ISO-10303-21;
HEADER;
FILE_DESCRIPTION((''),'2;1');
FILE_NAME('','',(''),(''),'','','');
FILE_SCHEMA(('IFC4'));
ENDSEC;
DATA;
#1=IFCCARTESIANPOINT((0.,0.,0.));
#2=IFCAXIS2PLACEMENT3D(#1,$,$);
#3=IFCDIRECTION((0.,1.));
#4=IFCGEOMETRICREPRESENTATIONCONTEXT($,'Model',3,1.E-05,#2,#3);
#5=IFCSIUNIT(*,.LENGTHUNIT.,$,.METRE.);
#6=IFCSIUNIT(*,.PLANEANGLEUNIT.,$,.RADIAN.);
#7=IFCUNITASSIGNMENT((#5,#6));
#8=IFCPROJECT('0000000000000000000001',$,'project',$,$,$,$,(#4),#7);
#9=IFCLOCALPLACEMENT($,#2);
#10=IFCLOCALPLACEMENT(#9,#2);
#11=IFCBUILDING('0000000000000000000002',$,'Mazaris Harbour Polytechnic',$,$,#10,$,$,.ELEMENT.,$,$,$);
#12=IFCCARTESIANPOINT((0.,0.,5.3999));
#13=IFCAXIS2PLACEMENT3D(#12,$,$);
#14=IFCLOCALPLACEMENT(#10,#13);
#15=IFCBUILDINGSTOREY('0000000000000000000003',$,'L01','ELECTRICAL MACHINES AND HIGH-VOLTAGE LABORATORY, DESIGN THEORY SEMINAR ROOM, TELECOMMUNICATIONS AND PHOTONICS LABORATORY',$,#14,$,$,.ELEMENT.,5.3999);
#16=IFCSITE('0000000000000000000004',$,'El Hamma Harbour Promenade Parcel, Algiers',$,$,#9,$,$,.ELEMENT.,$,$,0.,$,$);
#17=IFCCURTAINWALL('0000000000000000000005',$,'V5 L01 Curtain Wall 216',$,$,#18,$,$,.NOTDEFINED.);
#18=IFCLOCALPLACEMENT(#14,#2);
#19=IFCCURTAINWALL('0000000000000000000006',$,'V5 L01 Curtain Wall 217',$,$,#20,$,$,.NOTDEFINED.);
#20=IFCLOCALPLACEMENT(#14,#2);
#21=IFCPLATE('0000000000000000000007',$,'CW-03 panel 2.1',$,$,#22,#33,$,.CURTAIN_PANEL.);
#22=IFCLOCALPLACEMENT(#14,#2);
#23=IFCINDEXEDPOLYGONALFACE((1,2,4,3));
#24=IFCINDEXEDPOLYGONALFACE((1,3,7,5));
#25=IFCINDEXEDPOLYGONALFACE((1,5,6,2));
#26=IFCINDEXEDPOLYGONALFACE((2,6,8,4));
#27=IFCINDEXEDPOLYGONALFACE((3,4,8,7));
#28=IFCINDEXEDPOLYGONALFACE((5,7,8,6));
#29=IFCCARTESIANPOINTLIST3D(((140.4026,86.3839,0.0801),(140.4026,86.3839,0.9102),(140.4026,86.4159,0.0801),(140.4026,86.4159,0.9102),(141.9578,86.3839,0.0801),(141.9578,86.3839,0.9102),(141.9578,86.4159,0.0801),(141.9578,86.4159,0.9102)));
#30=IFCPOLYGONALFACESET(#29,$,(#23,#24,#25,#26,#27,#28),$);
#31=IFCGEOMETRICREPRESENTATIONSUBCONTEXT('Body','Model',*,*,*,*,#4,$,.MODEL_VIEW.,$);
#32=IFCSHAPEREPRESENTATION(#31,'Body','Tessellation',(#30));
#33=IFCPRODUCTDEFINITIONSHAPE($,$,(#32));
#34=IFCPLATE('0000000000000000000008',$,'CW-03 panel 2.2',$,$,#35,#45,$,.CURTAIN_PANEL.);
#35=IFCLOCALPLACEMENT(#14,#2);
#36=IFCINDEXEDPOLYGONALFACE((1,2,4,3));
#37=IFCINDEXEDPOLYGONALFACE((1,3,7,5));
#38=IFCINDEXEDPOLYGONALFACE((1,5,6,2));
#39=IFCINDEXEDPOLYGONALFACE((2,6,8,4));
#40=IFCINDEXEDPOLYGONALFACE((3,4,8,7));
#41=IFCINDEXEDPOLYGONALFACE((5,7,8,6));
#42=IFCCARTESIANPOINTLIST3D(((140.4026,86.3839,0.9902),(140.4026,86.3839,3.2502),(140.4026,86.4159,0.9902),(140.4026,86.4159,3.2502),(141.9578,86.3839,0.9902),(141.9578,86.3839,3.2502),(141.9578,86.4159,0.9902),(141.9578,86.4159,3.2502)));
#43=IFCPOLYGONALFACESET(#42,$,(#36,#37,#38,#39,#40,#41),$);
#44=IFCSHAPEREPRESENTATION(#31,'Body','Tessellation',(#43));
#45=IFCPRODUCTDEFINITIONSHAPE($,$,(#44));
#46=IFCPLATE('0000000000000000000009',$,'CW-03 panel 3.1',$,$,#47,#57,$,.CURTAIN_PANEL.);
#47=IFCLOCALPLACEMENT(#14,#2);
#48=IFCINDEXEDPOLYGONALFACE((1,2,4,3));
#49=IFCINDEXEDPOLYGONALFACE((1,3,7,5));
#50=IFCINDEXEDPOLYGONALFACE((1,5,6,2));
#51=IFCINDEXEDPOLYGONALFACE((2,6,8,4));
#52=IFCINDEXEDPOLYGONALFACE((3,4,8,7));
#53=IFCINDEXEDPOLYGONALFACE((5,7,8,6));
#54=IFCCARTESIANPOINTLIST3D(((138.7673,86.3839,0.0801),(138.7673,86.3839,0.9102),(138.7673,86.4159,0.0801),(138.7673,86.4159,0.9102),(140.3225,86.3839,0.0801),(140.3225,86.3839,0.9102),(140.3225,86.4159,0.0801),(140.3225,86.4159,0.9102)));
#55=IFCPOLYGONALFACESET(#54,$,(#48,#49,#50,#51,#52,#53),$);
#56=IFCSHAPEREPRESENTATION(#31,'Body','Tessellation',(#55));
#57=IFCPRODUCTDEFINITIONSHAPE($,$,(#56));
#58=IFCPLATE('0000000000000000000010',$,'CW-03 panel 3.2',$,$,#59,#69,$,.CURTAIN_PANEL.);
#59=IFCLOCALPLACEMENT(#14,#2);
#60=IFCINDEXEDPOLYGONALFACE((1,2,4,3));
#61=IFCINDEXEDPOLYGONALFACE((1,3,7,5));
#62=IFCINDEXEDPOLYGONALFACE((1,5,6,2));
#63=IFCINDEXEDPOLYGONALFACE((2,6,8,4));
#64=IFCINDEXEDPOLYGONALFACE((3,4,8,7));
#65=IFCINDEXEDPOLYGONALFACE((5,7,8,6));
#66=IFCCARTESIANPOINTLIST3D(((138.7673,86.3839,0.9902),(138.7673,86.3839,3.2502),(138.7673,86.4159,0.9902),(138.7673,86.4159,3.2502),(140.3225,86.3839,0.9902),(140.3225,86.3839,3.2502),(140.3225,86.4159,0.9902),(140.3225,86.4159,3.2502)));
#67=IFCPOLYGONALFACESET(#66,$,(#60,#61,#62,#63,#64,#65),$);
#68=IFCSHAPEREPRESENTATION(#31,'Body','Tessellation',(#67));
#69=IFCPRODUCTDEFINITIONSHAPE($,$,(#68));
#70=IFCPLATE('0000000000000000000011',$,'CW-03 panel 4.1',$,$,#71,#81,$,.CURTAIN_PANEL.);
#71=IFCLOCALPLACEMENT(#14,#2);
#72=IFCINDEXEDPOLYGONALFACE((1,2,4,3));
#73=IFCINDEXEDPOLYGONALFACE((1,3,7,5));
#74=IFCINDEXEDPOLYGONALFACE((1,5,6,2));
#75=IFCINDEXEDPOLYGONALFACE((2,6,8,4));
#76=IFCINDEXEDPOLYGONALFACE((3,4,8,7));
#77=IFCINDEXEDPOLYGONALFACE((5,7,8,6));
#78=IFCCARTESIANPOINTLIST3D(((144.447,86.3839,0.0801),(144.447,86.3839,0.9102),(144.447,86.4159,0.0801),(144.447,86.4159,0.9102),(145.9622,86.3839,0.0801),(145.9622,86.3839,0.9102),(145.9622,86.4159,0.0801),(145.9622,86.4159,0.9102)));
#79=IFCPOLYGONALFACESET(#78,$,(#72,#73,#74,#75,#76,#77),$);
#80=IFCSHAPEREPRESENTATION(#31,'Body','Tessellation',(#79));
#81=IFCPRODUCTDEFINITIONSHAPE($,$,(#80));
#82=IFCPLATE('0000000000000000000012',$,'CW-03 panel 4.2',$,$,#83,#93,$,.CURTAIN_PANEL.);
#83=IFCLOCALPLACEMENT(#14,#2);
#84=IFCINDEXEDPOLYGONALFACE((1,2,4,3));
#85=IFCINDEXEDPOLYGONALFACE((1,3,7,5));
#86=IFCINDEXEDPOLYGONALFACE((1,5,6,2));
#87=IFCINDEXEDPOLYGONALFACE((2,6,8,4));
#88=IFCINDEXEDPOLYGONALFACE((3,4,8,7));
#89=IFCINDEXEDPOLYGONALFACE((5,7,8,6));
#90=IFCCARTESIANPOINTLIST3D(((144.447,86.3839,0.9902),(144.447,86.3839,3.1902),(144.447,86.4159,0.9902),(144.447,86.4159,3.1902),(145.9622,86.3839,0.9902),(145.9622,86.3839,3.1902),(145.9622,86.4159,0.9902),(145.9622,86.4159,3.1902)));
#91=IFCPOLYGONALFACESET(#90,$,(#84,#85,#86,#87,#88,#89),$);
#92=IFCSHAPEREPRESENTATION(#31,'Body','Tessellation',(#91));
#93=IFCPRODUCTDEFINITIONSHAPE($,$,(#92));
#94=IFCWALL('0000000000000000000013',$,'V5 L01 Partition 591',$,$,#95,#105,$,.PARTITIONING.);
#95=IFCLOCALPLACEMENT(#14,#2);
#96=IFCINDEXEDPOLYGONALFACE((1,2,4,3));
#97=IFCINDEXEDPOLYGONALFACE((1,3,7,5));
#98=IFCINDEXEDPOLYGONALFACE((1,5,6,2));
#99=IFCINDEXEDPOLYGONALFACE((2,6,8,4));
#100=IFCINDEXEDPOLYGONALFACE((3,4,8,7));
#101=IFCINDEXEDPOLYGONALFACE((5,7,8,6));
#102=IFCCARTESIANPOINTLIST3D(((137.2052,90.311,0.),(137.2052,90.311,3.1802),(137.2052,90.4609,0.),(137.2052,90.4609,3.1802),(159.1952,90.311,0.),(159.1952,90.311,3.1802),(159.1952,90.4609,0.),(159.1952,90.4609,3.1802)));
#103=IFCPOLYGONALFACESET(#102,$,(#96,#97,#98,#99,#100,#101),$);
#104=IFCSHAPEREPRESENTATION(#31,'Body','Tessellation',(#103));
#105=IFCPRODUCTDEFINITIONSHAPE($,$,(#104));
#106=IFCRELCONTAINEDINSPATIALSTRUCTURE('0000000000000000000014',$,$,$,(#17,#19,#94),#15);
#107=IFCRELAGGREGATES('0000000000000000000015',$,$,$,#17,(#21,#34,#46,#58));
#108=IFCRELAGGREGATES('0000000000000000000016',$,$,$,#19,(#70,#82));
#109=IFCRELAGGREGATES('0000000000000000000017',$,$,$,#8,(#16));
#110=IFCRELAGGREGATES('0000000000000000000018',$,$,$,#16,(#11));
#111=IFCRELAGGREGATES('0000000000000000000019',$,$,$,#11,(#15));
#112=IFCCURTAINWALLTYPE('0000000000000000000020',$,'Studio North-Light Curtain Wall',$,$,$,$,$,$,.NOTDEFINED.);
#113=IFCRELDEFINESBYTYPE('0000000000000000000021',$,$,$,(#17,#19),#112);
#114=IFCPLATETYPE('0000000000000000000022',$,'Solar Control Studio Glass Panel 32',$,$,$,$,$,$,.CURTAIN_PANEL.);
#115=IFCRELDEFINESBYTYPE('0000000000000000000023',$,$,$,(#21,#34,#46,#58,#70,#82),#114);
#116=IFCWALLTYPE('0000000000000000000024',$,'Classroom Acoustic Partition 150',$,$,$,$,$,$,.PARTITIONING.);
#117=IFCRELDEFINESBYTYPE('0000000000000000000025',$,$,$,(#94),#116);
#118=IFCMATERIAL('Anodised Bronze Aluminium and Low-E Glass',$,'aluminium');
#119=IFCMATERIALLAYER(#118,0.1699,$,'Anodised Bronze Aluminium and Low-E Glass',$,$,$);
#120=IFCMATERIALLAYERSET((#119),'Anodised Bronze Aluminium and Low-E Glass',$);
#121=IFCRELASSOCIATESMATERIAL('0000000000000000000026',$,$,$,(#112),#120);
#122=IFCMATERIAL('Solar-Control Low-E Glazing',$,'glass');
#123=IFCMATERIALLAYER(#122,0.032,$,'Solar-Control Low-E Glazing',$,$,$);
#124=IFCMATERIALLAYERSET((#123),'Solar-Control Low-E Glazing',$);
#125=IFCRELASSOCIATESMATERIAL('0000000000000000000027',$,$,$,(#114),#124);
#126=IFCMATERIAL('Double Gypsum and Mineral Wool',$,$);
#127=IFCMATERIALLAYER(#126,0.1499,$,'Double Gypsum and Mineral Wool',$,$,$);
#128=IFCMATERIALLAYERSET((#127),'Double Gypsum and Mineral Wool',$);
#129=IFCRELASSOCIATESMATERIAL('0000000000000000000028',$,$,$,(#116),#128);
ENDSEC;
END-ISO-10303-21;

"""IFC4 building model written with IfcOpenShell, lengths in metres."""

from ifc_helpers import new_model, si_unit, direction, frame, frame_2d, origin, origin_2d, place, context, subcontext, project, spatial, rectangle, extrude, material, layer, layer_set, type_object, element, aggregate, save


model = new_model("IFC4")

# Units and contexts
model_context = context("Model", 3, precision=1e-05, world=origin(), true_north=direction((0.0, 1.0)))
body_context = subcontext(model_context, "Body", "Model", "MODEL_VIEW")
ifc_project = project(units=[si_unit("LENGTHUNIT", "METRE"), si_unit("PLANEANGLEUNIT", "RADIAN")], contexts=[model_context])

# Site, building, storey
site_placement = place(None, origin())
site = spatial("IfcSite", under=ifc_project, at=site_placement, Name="El Hamma Harbour Promenade Parcel, Algiers", CompositionType="ELEMENT", RefElevation=0.0)
building_placement = place(site_placement, origin())
building = spatial("IfcBuilding", under=site, at=building_placement, Name="Mazaris Harbour Polytechnic", CompositionType="ELEMENT")
storey_placement = place(building_placement, frame((0.0, 0.0, 5.3999)))
storey = spatial("IfcBuildingStorey", under=building, at=storey_placement, Name="L01", Description="ELECTRICAL MACHINES AND HIGH-VOLTAGE LABORATORY, DESIGN THEORY SEMINAR ROOM, TELECOMMUNICATIONS AND PHOTONICS LABORATORY", CompositionType="ELEMENT", Elevation=5.3999)

# Curtain wall
ifc_material_1 = material(Name="Anodised Bronze Aluminium and Low-E Glass", Category="aluminium")
ifc_layer_1 = layer(ifc_material_1, 0.1699, Name="Anodised Bronze Aluminium and Low-E Glass")
ifc_layer_set_1 = layer_set([ifc_layer_1], Name="Anodised Bronze Aluminium and Low-E Glass")
curtain_wall_type = type_object("IfcCurtainWallType", Name="Studio North-Light Curtain Wall", PredefinedType="NOTDEFINED", material=ifc_layer_set_1)
curtain_wall_1_placement = place(storey_placement, origin())
curtain_wall_1 = element("IfcCurtainWall", 1, at=curtain_wall_1_placement, inside=storey, type_object=curtain_wall_type, Name="V5 L01 Curtain Wall 216", PredefinedType="NOTDEFINED")

# Curtain wall
curtain_wall_2_placement = place(storey_placement, origin())
curtain_wall_2 = element("IfcCurtainWall", 2, at=curtain_wall_2_placement, inside=storey, type_object=curtain_wall_type, Name="V5 L01 Curtain Wall 217", PredefinedType="NOTDEFINED")

# Plates
ifc_material_2 = material(Name="Solar-Control Low-E Glazing", Category="glass")
ifc_layer_2 = layer(ifc_material_2, 0.032, Name="Solar-Control Low-E Glazing")
ifc_layer_set_2 = layer_set([ifc_layer_2], Name="Solar-Control Low-E Glazing")
plate_type = type_object("IfcPlateType", Name="Solar Control Studio Glass Panel 32", PredefinedType="CURTAIN_PANEL", material=ifc_layer_set_2)
plate_1_placement = place(storey_placement, frame((141.1802, 86.3999, 0.0801), z_axis=(0.0, 0.0, 1.0), x_axis=(-1.0, 0.0, 0.0)))
plate_1 = element("IfcPlate", 3, at=plate_1_placement, type_object=plate_type, Name="CW-03 panel 2.1", PredefinedType="CURTAIN_PANEL", context=body_context, shape_type="SweptSolid", body=[
    extrude(rectangle(XDim=1.5552, YDim=0.032, at=origin_2d()), origin(), (0.0, 0.0, 1.0), 0.8301),
])
plate_2_placement = place(storey_placement, frame((141.1802, 86.3999, 0.9902), z_axis=(0.0, 0.0, 1.0), x_axis=(-1.0, 0.0, 0.0)))
plate_2 = element("IfcPlate", 4, at=plate_2_placement, type_object=plate_type, Name="CW-03 panel 2.2", PredefinedType="CURTAIN_PANEL", context=body_context, shape_type="SweptSolid", body=[
    extrude(rectangle(XDim=1.5552, YDim=0.032, at=origin_2d()), origin(), (0.0, 0.0, 1.0), 2.26),
])
plate_3_placement = place(storey_placement, frame((139.5449, 86.3999, 0.0801), z_axis=(0.0, 0.0, 1.0), x_axis=(-1.0, 0.0, 0.0)))
plate_3 = element("IfcPlate", 5, at=plate_3_placement, type_object=plate_type, Name="CW-03 panel 3.1", PredefinedType="CURTAIN_PANEL", context=body_context, shape_type="SweptSolid", body=[
    extrude(rectangle(XDim=1.5552, YDim=0.032, at=origin_2d()), origin(), (0.0, 0.0, 1.0), 0.8301),
])
plate_4_placement = place(storey_placement, frame((139.5449, 86.3999, 0.9902), z_axis=(0.0, 0.0, 1.0), x_axis=(-1.0, 0.0, 0.0)))
plate_4 = element("IfcPlate", 6, at=plate_4_placement, type_object=plate_type, Name="CW-03 panel 3.2", PredefinedType="CURTAIN_PANEL", context=body_context, shape_type="SweptSolid", body=[
    extrude(rectangle(XDim=1.5552, YDim=0.032, at=origin_2d()), origin(), (0.0, 0.0, 1.0), 2.26),
])
aggregate(curtain_wall_1, [plate_1, plate_2, plate_3, plate_4])
plate_5_placement = place(storey_placement, frame((145.2046, 86.3999, 0.0801), z_axis=(0.0, 0.0, 1.0), x_axis=(-1.0, 0.0, 0.0)))
plate_5 = element("IfcPlate", 7, at=plate_5_placement, type_object=plate_type, Name="CW-03 panel 4.1", PredefinedType="CURTAIN_PANEL", context=body_context, shape_type="SweptSolid", body=[
    extrude(rectangle(XDim=1.5151, YDim=0.032, at=origin_2d()), origin(), (0.0, 0.0, 1.0), 0.8301),
])
plate_6_placement = place(storey_placement, frame((145.2046, 86.3999, 0.9902), z_axis=(0.0, 0.0, 1.0), x_axis=(-1.0, 0.0, 0.0)))
plate_6 = element("IfcPlate", 8, at=plate_6_placement, type_object=plate_type, Name="CW-03 panel 4.2", PredefinedType="CURTAIN_PANEL", context=body_context, shape_type="SweptSolid", body=[
    extrude(rectangle(XDim=1.5151, YDim=0.032, at=origin_2d()), origin(), (0.0, 0.0, 1.0), 2.2),
])
aggregate(curtain_wall_2, [plate_5, plate_6])

# Wall
ifc_material_3 = material(Name="Double Gypsum and Mineral Wool")
ifc_layer_3 = layer(ifc_material_3, 0.1499, Name="Double Gypsum and Mineral Wool")
ifc_layer_set_3 = layer_set([ifc_layer_3], Name="Double Gypsum and Mineral Wool")
wall_type = type_object("IfcWallType", Name="Classroom Acoustic Partition 150", PredefinedType="PARTITIONING", material=ifc_layer_set_3)
wall_placement = place(storey_placement, frame((137.2051, 90.386, 0.0), z_axis=(0.0, 0.0, 1.0), x_axis=(1.0, 0.0, 0.0)))
element("IfcWall", 9, at=wall_placement, inside=storey, type_object=wall_type, Name="V5 L01 Partition 591", PredefinedType="PARTITIONING", context=body_context, shape_type="SweptSolid", body=[
    extrude(rectangle(XDim=21.99, YDim=0.1499, at=frame_2d((10.9951, 0.0))), origin(), (0.0, 0.0, 1.0), 3.1802),
])

save(model, "model.ifc")
